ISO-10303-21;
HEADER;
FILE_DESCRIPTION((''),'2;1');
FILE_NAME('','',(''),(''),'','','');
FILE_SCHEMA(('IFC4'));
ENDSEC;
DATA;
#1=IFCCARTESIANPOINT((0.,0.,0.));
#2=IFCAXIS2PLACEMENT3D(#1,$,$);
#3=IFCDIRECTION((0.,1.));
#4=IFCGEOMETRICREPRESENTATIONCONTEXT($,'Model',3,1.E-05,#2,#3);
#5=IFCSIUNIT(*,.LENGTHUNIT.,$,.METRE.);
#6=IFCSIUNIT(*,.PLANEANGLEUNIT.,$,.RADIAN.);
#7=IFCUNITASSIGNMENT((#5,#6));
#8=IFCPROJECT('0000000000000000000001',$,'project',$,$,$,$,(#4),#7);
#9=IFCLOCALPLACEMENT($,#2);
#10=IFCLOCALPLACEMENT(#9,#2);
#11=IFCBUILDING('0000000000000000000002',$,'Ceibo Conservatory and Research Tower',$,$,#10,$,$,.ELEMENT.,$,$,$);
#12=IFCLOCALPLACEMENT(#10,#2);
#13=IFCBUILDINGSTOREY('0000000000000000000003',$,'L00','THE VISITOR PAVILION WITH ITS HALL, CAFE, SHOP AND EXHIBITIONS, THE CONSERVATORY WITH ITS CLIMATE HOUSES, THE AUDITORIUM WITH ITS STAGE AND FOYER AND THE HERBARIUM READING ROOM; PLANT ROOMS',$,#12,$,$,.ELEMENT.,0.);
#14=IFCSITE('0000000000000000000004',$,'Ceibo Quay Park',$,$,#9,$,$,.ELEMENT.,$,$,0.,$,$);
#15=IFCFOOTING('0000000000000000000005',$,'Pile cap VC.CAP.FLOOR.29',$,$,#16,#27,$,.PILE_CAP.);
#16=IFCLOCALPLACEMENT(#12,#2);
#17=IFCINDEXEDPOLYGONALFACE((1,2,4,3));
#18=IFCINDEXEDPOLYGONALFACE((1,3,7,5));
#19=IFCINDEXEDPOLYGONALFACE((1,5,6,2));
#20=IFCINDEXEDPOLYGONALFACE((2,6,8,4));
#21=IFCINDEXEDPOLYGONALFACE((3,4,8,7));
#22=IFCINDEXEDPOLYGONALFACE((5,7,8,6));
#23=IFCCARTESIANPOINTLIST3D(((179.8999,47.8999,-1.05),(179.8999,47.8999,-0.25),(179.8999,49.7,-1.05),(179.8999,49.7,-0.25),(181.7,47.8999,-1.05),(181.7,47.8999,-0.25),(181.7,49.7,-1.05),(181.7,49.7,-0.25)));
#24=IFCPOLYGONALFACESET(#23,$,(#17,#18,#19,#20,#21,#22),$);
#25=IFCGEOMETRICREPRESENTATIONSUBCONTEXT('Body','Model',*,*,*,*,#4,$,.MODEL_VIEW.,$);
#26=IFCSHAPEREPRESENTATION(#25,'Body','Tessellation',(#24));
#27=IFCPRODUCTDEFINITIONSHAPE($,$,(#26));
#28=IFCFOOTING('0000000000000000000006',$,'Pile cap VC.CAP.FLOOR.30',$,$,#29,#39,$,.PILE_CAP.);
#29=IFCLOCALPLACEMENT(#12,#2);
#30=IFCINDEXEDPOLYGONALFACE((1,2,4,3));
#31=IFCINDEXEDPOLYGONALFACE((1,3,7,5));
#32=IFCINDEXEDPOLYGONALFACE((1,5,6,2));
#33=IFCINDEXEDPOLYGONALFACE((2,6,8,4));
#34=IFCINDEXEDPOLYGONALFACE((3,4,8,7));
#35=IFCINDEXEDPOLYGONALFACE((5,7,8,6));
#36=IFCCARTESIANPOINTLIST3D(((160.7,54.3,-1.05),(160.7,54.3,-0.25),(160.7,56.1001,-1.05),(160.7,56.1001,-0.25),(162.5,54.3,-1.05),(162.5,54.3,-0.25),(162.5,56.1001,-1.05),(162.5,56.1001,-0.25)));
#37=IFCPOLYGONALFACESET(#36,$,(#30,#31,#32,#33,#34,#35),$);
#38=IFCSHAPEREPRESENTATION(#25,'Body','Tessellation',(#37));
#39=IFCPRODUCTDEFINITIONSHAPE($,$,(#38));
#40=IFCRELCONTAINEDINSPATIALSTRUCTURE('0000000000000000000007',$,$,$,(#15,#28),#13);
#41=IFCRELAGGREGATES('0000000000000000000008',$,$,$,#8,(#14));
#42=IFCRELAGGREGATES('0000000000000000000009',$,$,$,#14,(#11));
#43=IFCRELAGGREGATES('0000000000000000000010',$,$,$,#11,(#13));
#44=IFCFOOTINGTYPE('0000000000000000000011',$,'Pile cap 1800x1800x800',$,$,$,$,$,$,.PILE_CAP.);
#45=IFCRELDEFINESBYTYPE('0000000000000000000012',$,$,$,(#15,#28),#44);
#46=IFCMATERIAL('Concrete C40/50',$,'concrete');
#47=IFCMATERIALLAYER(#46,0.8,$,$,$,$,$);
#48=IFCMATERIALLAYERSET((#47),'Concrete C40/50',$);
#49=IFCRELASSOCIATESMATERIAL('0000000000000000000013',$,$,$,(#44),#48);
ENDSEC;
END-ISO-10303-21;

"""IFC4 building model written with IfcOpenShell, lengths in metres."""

from ifc_helpers import new_model, si_unit, direction, frame, origin, place, context, subcontext, project, spatial, polyline, outline, extrude, material, layer, layer_set, type_object, element, save


model = new_model("IFC4")

# Units and contexts
model_context = context("Model", 3, precision=1e-05, world=origin(), true_north=direction((0.0, 1.0)))
body_context = subcontext(model_context, "Body", "Model", "MODEL_VIEW")
ifc_project = project(units=[si_unit("LENGTHUNIT", "METRE"), si_unit("PLANEANGLEUNIT", "RADIAN")], contexts=[model_context])

# Site, building, storey
site_placement = place(None, origin())
site = spatial("IfcSite", under=ifc_project, at=site_placement, Name="Ceibo Quay Park", CompositionType="ELEMENT", RefElevation=0.0)
building_placement = place(site_placement, origin())
building = spatial("IfcBuilding", under=site, at=building_placement, Name="Ceibo Conservatory and Research Tower", CompositionType="ELEMENT")
storey_placement = place(building_placement, origin())
storey = spatial("IfcBuildingStorey", under=building, at=storey_placement, Name="L00", Description="THE VISITOR PAVILION WITH ITS HALL, CAFE, SHOP AND EXHIBITIONS, THE CONSERVATORY WITH ITS CLIMATE HOUSES, THE AUDITORIUM WITH ITS STAGE AND FOYER AND THE HERBARIUM READING ROOM; PLANT ROOMS", CompositionType="ELEMENT", Elevation=0.0)

# Footings
ifc_material = material(Name="Concrete C40/50", Category="concrete")
ifc_layer_1 = layer(ifc_material, 0.8)
ifc_layer_set_1 = layer_set([ifc_layer_1], Name="Concrete C40/50")
footing_type_1 = type_object("IfcFootingType", Name="Pile cap 1800x1800x800", PredefinedType="PILE_CAP", material=ifc_layer_set_1)
footing_1_placement = place(storey_placement, frame((0.0, 0.0, -1.05)))
element("IfcFooting", 1, at=footing_1_placement, inside=storey, type_object=footing_type_1, Name="Pile cap VC.CAP.FLOOR.29", PredefinedType="PILE_CAP", context=body_context, shape_type="SweptSolid", body=[
    extrude(outline(polyline([(179.8999, 47.8999), (181.7, 47.8999), (181.7, 49.7), (179.8999, 49.7), (179.8999, 47.8999)])), origin(), (0.0, 0.0, 1.0), 0.8),
])
footing_2_placement = place(storey_placement, frame((0.0, 0.0, -1.05)))
element("IfcFooting", 2, at=footing_2_placement, inside=storey, type_object=footing_type_1, Name="Pile cap VC.CAP.FLOOR.30", PredefinedType="PILE_CAP", context=body_context, shape_type="SweptSolid", body=[
    extrude(outline(polyline([(160.7, 54.3), (162.5, 54.3), (162.5, 56.1001), (160.7, 56.1001), (160.7, 54.3)])), origin(), (0.0, 0.0, 1.0), 0.8),
])

save(model, "model.ifc")
